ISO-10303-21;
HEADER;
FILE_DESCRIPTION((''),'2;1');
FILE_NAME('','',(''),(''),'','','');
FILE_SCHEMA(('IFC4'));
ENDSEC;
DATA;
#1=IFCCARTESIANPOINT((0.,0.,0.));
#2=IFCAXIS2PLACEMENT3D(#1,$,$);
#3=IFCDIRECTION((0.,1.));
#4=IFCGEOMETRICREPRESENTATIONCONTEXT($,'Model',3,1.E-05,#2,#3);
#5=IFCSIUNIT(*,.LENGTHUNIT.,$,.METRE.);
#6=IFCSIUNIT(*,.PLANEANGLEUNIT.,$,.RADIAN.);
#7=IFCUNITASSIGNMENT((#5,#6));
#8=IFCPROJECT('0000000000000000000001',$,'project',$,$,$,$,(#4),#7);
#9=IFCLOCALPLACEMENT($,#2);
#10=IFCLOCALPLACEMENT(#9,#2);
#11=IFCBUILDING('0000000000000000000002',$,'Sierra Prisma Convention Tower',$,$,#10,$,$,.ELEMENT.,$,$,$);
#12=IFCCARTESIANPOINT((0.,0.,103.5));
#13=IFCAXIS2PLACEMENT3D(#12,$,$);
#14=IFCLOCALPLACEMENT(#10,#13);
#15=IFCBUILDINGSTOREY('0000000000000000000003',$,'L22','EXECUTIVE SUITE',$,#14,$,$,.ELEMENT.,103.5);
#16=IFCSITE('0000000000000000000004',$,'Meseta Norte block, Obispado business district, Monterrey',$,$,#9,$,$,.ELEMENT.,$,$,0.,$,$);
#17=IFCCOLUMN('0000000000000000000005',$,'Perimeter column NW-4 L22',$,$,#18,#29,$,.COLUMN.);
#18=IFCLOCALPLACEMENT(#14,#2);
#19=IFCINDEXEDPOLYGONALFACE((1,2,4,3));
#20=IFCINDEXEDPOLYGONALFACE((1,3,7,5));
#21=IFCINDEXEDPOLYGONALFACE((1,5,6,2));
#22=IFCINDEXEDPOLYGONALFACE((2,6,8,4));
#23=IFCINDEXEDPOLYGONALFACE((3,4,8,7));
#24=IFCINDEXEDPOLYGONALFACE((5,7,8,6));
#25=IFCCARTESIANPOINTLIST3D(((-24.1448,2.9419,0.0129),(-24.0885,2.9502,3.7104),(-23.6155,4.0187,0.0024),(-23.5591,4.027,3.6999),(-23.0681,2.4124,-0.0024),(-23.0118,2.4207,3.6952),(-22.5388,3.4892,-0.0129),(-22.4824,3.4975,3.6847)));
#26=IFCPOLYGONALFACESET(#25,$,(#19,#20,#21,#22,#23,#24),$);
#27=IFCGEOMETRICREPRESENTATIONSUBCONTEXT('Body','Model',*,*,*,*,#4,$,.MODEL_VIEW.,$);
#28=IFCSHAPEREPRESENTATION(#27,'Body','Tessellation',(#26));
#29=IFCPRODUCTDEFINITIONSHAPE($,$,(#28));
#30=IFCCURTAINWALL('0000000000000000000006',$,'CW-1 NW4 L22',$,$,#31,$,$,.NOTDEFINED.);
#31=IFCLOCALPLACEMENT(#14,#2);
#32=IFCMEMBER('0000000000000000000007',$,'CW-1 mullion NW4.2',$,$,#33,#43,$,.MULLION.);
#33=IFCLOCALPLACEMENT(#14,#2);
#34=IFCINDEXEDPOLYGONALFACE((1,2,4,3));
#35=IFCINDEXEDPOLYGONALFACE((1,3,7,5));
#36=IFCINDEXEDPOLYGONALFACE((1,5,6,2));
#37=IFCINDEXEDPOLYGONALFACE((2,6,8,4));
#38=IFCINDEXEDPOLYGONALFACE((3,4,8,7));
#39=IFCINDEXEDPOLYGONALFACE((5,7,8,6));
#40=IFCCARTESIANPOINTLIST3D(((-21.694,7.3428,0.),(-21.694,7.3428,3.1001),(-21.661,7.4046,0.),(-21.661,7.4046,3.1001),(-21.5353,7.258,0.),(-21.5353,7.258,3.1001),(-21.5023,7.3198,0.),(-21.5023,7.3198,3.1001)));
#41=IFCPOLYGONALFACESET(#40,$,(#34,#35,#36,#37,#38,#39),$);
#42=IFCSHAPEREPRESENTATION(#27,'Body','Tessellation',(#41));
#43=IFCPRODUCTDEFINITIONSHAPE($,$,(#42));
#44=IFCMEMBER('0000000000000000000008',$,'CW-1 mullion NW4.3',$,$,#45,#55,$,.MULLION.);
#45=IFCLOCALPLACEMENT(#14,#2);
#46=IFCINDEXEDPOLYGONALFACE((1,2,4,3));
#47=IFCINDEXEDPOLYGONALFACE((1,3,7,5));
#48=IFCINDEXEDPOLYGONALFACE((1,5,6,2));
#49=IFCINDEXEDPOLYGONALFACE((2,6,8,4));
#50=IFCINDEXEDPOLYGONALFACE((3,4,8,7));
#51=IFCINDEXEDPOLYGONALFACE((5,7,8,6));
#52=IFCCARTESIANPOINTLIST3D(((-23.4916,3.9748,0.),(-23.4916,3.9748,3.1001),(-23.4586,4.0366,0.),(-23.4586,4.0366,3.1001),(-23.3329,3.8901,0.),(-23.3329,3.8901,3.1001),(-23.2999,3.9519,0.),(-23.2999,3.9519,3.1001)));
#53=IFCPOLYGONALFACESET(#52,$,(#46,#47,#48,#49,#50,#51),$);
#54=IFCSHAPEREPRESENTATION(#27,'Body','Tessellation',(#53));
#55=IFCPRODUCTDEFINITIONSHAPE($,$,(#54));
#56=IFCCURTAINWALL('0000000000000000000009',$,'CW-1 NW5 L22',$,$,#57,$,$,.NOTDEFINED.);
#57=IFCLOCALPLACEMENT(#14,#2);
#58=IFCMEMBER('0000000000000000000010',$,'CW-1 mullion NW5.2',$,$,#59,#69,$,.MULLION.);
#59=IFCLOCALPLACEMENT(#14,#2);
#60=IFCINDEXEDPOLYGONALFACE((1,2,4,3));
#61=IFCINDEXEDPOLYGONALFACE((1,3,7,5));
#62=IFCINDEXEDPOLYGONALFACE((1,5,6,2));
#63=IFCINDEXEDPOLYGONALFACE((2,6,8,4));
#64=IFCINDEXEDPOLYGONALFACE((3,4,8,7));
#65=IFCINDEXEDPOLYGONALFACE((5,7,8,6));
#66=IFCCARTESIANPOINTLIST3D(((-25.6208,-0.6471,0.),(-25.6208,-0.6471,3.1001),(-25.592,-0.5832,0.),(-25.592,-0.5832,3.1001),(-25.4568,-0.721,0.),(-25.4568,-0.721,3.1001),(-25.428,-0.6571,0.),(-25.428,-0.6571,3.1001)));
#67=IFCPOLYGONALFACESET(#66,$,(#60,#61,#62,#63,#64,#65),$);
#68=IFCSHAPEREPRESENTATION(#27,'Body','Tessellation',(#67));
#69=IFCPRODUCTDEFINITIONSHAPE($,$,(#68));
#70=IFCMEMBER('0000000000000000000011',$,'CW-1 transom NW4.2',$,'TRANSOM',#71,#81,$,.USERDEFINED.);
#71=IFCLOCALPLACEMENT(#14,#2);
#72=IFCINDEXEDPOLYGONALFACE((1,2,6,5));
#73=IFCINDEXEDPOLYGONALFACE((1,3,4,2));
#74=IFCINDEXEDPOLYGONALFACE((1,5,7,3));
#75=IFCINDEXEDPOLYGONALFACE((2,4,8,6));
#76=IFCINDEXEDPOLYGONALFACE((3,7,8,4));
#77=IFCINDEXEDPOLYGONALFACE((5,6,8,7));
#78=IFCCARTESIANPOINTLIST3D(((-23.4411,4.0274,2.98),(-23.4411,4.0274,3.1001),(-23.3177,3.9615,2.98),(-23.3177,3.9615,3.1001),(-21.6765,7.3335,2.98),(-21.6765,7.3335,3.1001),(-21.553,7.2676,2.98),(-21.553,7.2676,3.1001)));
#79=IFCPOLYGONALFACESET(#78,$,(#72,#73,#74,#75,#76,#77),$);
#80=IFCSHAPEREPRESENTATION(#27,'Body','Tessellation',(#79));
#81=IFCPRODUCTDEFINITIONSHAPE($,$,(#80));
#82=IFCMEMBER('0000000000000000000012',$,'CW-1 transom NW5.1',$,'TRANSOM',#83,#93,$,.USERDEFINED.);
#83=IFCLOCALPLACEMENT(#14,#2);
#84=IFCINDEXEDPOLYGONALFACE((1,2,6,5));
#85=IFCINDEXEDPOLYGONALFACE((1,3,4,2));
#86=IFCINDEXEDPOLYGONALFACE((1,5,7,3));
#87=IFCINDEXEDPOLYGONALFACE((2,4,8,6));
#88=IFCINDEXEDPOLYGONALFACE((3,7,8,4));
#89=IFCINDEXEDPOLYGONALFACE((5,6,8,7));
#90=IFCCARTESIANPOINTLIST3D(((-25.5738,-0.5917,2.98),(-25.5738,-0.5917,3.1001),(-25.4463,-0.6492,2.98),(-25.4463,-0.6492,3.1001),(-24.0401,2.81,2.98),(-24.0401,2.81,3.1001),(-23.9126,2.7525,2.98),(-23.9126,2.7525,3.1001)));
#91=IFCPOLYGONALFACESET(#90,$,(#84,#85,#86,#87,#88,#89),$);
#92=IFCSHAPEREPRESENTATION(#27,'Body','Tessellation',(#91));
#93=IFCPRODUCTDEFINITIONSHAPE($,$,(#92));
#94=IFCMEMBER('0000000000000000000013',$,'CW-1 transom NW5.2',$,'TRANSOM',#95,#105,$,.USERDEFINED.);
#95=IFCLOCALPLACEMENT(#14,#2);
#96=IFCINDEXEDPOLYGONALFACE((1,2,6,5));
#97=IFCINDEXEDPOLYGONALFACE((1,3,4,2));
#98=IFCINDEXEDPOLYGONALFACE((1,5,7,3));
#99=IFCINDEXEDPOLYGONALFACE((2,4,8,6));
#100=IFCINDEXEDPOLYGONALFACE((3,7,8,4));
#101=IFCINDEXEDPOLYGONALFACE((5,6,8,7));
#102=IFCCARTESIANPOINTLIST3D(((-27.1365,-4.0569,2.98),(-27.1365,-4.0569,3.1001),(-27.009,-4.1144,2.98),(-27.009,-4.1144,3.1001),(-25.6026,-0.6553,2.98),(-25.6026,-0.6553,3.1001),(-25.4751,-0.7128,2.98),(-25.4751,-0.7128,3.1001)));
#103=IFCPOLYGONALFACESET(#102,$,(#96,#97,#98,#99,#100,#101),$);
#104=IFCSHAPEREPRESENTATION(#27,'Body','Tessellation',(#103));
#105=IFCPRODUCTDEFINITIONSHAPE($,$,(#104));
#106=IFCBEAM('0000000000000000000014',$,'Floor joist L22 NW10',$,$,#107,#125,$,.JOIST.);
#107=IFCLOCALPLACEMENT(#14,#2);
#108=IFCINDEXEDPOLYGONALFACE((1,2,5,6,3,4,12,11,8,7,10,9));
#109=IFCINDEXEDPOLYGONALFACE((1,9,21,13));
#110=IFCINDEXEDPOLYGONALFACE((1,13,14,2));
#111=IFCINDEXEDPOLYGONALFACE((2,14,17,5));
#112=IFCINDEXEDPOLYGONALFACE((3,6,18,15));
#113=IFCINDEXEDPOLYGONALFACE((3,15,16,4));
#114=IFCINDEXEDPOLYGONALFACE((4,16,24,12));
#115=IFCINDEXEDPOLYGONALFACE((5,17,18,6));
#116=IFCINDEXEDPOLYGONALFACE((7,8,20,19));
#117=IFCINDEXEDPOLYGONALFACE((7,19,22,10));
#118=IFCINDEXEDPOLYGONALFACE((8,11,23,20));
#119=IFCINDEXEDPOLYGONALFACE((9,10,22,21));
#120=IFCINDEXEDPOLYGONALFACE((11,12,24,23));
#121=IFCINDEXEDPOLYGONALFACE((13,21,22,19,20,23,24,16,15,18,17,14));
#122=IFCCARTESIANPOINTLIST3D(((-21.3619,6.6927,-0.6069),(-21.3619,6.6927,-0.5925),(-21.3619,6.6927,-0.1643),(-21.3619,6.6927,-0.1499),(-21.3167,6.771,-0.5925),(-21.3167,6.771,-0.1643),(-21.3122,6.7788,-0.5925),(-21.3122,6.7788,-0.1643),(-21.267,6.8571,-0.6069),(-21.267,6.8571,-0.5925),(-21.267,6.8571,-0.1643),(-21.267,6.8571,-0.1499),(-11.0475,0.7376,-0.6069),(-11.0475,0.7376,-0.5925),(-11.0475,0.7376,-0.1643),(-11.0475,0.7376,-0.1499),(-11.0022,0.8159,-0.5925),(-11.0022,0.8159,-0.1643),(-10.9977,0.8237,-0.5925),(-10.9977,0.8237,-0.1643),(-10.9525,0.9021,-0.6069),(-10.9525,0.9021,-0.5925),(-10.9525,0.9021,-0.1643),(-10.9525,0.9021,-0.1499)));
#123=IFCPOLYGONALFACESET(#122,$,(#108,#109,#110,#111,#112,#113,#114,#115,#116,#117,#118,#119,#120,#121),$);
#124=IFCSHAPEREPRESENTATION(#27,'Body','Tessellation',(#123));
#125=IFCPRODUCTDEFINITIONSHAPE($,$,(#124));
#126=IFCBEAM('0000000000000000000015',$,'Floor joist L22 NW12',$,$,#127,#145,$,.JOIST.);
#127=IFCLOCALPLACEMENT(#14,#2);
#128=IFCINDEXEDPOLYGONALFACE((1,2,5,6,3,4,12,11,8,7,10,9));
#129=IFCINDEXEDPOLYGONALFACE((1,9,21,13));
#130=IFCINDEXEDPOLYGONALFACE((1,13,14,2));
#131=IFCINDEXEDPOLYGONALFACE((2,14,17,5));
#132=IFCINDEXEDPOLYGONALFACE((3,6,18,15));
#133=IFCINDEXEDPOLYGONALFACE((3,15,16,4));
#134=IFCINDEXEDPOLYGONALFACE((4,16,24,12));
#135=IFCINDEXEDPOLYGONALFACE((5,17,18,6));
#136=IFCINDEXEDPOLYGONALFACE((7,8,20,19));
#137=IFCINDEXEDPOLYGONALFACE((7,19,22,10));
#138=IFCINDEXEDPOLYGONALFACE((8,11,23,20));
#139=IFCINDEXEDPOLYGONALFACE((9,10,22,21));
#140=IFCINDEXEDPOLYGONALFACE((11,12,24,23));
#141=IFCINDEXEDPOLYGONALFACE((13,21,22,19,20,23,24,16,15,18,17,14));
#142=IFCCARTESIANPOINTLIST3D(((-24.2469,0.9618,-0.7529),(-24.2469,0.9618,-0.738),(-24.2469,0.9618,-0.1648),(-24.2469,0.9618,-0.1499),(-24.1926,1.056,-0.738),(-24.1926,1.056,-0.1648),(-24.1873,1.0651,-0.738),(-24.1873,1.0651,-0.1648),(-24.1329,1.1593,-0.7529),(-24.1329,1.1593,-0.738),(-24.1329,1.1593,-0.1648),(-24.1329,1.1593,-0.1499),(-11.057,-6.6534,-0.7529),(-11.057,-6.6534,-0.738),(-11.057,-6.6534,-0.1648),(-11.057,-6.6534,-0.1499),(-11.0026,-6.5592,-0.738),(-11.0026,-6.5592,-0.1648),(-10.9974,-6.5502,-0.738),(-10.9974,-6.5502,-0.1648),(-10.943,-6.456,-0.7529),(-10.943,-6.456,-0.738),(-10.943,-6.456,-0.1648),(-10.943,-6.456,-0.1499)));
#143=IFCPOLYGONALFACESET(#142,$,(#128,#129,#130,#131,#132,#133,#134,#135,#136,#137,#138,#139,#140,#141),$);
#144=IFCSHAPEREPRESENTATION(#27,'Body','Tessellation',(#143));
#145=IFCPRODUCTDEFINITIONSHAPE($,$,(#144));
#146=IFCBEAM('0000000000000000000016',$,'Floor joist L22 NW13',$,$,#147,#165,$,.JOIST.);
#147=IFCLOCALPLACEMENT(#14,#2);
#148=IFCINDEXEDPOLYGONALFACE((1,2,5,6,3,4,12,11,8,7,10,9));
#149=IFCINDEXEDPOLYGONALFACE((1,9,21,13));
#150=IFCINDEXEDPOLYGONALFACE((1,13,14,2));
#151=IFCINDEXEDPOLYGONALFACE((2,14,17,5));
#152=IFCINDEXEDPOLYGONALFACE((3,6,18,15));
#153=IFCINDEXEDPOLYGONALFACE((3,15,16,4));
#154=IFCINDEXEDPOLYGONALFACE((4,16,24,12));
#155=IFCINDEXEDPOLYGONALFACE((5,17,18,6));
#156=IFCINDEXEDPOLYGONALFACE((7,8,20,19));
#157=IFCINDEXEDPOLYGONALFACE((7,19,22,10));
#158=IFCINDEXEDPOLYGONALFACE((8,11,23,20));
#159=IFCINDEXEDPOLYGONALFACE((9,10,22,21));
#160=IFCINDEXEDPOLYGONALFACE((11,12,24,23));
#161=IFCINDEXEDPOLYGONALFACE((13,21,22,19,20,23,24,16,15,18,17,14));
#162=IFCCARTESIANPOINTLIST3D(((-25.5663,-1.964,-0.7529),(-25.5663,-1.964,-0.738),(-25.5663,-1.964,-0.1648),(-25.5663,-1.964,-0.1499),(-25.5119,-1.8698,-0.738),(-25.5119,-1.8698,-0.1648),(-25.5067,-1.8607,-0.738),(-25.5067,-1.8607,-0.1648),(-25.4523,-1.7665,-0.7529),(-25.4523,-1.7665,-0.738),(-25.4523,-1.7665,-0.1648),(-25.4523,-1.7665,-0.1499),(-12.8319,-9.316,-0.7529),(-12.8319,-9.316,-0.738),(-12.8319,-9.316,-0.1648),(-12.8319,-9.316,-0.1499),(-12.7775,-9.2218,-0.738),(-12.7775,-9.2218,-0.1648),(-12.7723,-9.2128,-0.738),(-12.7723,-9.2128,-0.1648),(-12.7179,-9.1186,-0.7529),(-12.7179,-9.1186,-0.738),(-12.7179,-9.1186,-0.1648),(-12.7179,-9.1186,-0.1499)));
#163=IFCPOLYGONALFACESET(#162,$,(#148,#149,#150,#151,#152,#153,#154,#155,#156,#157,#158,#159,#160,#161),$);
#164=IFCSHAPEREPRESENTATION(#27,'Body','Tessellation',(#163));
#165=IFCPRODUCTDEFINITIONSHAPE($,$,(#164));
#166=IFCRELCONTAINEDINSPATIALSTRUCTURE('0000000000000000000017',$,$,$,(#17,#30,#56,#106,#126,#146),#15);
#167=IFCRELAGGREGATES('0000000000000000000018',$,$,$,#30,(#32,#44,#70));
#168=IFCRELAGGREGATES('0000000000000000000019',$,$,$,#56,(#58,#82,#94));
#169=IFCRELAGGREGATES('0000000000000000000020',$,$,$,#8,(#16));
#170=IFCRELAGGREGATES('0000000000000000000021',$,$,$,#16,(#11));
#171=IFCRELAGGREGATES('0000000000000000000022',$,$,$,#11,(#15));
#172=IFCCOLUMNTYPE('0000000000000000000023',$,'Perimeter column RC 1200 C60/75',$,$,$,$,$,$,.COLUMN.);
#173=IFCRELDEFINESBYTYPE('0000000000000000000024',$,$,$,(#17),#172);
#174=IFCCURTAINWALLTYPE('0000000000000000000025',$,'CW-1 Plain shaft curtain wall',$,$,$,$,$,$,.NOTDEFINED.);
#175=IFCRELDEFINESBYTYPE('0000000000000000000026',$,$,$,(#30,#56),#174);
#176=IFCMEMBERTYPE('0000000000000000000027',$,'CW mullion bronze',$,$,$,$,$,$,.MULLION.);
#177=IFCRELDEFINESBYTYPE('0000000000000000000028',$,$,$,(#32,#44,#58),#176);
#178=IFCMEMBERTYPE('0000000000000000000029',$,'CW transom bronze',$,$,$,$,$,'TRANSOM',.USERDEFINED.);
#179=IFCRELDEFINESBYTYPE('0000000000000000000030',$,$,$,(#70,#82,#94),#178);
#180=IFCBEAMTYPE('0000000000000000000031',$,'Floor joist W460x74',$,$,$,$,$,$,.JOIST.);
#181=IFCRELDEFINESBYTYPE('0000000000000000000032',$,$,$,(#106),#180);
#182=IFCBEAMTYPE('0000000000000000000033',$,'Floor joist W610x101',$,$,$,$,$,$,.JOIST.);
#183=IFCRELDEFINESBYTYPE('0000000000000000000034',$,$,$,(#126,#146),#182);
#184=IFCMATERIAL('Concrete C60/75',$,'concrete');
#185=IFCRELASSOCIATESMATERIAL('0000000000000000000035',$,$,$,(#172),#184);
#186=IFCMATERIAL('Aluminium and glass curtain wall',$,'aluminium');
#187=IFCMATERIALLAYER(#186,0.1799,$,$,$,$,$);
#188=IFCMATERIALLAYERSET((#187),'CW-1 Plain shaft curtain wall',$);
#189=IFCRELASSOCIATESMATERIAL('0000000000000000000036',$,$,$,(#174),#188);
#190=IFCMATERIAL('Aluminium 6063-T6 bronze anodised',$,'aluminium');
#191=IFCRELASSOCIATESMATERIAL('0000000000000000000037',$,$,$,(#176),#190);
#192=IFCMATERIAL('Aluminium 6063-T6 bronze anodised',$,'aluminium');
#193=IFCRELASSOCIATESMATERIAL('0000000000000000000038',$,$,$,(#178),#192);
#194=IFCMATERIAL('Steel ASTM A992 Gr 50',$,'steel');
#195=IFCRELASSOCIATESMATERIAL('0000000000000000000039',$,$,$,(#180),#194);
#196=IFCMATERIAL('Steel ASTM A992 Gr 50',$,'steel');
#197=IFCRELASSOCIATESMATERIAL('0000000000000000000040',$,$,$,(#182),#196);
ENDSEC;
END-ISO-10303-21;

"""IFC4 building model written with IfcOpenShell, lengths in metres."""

from ifc_helpers import new_model, si_unit, direction, frame, origin, origin_2d, place, context, subcontext, project, spatial, rectangle, i_section, extrude, clip, halfspace, material, layer, layer_set, material_profile, profile_set, type_object, element, aggregate, save


model = new_model("IFC4")

# Units and contexts
model_context = context("Model", 3, precision=1e-05, world=origin(), true_north=direction((0.0, 1.0)))
body_context = subcontext(model_context, "Body", "Model", "MODEL_VIEW")
ifc_project = project(units=[si_unit("LENGTHUNIT", "METRE"), si_unit("PLANEANGLEUNIT", "RADIAN")], contexts=[model_context])

# Site, building, storey
site_placement = place(None, origin())
site = spatial("IfcSite", under=ifc_project, at=site_placement, Name="Meseta Norte block, Obispado business district, Monterrey", CompositionType="ELEMENT", RefElevation=0.0)
building_placement = place(site_placement, origin())
building = spatial("IfcBuilding", under=site, at=building_placement, Name="Sierra Prisma Convention Tower", CompositionType="ELEMENT")
storey_placement = place(building_placement, frame((0.0, 0.0, 103.5)))
storey = spatial("IfcBuildingStorey", under=building, at=storey_placement, Name="L22", Description="EXECUTIVE SUITE", CompositionType="ELEMENT", Elevation=103.5)

# Column
ifc_material_1 = material(Name="Concrete C60/75", Category="concrete")
ifc_material_profile_1 = material_profile(ifc_material_1, rectangle(XDim=1.2, YDim=1.2, at=origin_2d()), Name="Perimeter column RC 1200 C60/75")
ifc_profile_set_1 = profile_set([ifc_material_profile_1], Name="Concrete C60/75")
column_type = type_object("IfcColumnType", Name="Perimeter column RC 1200 C60/75", PredefinedType="COLUMN", material=ifc_profile_set_1)
column_placement = place(storey_placement, frame((-23.3418, 3.2156, 0.0), z_axis=(0.015241, 0.002243, 0.999881), x_axis=(0.44117, 0.897381, -0.008738)))
element("IfcColumn", 1, at=column_placement, inside=storey, type_object=column_type, Name="Perimeter column NW-4 L22", PredefinedType="COLUMN", context=body_context, shape_type="SweptSolid", body=[
    clip(extrude(rectangle(XDim=1.2, YDim=1.2, at=origin_2d()), origin(), (0.0, 0.0, 1.0), 3.7004), halfspace(frame((0.0, 0.0, 3.698)), False)),
])

# Curtain wall, members
ifc_material_2 = material(Name="Aluminium and glass curtain wall", Category="aluminium")
ifc_layer_1 = layer(ifc_material_2, 0.1799)
ifc_layer_set_1 = layer_set([ifc_layer_1], Name="CW-1 Plain shaft curtain wall")
curtain_wall_type = type_object("IfcCurtainWallType", Name="CW-1 Plain shaft curtain wall", PredefinedType="NOTDEFINED", material=ifc_layer_set_1)
curtain_wall_1_placement = place(storey_placement, origin())
curtain_wall_1 = element("IfcCurtainWall", 2, at=curtain_wall_1_placement, inside=storey, type_object=curtain_wall_type, Name="CW-1 NW4 L22", PredefinedType="NOTDEFINED")
ifc_material_3 = material(Name="Aluminium 6063-T6 bronze anodised", Category="aluminium")
ifc_material_profile_2 = material_profile(ifc_material_3, rectangle(XDim=0.1799, YDim=0.0701, at=origin_2d()), Name="ALU MULLION 70x180")
ifc_profile_set_2 = profile_set([ifc_material_profile_2], Name="Aluminium 6063-T6 bronze anodised")
member_type_1 = type_object("IfcMemberType", Name="CW mullion bronze", PredefinedType="MULLION", material=ifc_profile_set_2)
member_1_placement = place(storey_placement, frame((-21.5981, 7.3313, 0.0), z_axis=(0.0, 0.0, 1.0), x_axis=(0.882201, -0.470872, 0.0)))
member_1 = element("IfcMember", 3, at=member_1_placement, type_object=member_type_1, Name="CW-1 mullion NW4.2", PredefinedType="MULLION", context=body_context, shape_type="SweptSolid", body=[
    extrude(rectangle(XDim=0.1799, YDim=0.0701, at=origin_2d()), origin(), (0.0, 0.0, 1.0), 3.1001),
])
member_2_placement = place(storey_placement, frame((-23.3958, 3.9634, 0.0), z_axis=(0.0, 0.0, 1.0), x_axis=(0.882201, -0.470872, 0.0)))
member_2 = element("IfcMember", 4, at=member_2_placement, type_object=member_type_1, Name="CW-1 mullion NW4.3", PredefinedType="MULLION", context=body_context, shape_type="SweptSolid", body=[
    extrude(rectangle(XDim=0.1799, YDim=0.0701, at=origin_2d()), origin(), (0.0, 0.0, 1.0), 3.1001),
])

# Curtain wall, member
curtain_wall_2_placement = place(storey_placement, origin())
curtain_wall_2 = element("IfcCurtainWall", 5, at=curtain_wall_2_placement, inside=storey, type_object=curtain_wall_type, Name="CW-1 NW5 L22", PredefinedType="NOTDEFINED")
member_3_placement = place(storey_placement, frame((-25.5244, -0.6521, 0.0), z_axis=(0.0, 0.0, 1.0), x_axis=(0.911599, -0.411081, 0.0)))
member_3 = element("IfcMember", 6, at=member_3_placement, type_object=member_type_1, Name="CW-1 mullion NW5.2", PredefinedType="MULLION", context=body_context, shape_type="SweptSolid", body=[
    extrude(rectangle(XDim=0.1799, YDim=0.0701, at=origin_2d()), origin(), (0.0, 0.0, 1.0), 3.1001),
])

# Members
ifc_material_4 = material(Name="Aluminium 6063-T6 bronze anodised", Category="aluminium")
ifc_material_profile_3 = material_profile(ifc_material_4, rectangle(XDim=0.1399, YDim=0.1201, at=origin_2d()), Name="ALU TRANSOM 120x140")
ifc_profile_set_3 = profile_set([ifc_material_profile_3], Name="Aluminium 6063-T6 bronze anodised")
member_type_2 = type_object("IfcMemberType", Name="CW transom bronze", ElementType="TRANSOM", PredefinedType="USERDEFINED", material=ifc_profile_set_3)
member_4_placement = place(storey_placement, frame((-21.6147, 7.3005, 3.04), z_axis=(-0.470872, -0.882201, 0.0), x_axis=(0.882201, -0.470872, 0.0)))
member_4 = element("IfcMember", 7, at=member_4_placement, type_object=member_type_2, Name="CW-1 transom NW4.2", ObjectType="TRANSOM", PredefinedType="USERDEFINED", context=body_context, shape_type="SweptSolid", body=[
    extrude(rectangle(XDim=0.1399, YDim=0.1201, at=origin_2d()), origin(), (0.0, 0.0, 1.0), 3.7476),
])
member_5_placement = place(storey_placement, frame((-23.9763, 2.7812, 3.04), z_axis=(-0.411026, -0.911624, 0.0), x_axis=(0.911624, -0.411026, 0.0)))
member_5 = element("IfcMember", 8, at=member_5_placement, type_object=member_type_2, Name="CW-1 transom NW5.1", ObjectType="TRANSOM", PredefinedType="USERDEFINED", context=body_context, shape_type="SweptSolid", body=[
    extrude(rectangle(XDim=0.1399, YDim=0.1201, at=origin_2d()), origin(), (0.0, 0.0, 1.0), 3.7314),
])
member_6_placement = place(storey_placement, frame((-25.5388, -0.6841, 3.04), z_axis=(-0.41108, -0.911599, 0.0), x_axis=(0.911599, -0.41108, 0.0)))
member_6 = element("IfcMember", 9, at=member_6_placement, type_object=member_type_2, Name="CW-1 transom NW5.2", ObjectType="TRANSOM", PredefinedType="USERDEFINED", context=body_context, shape_type="SweptSolid", body=[
    extrude(rectangle(XDim=0.1399, YDim=0.1201, at=origin_2d()), origin(), (0.0, 0.0, 1.0), 3.7314),
])

# Beams
ifc_material_5 = material(Name="Steel ASTM A992 Gr 50", Category="steel")
ifc_material_profile_4 = material_profile(ifc_material_5, i_section(OverallWidth=0.1899, OverallDepth=0.457, WebThickness=0.009, FlangeThickness=0.0144, at=origin_2d()), Name="W460x74")
ifc_profile_set_4 = profile_set([ifc_material_profile_4], Name="Steel ASTM A992 Gr 50")
beam_type_1 = type_object("IfcBeamType", Name="Floor joist W460x74", PredefinedType="JOIST", material=ifc_profile_set_4)
beam_1_placement = place(storey_placement, frame((-21.3145, 6.7749, -0.3784), z_axis=(0.866024, -0.500002, 0.0), x_axis=(0.500002, 0.866024, 0.0)))
element("IfcBeam", 10, at=beam_1_placement, inside=storey, type_object=beam_type_1, Name="Floor joist L22 NW10", PredefinedType="JOIST", context=body_context, shape_type="SweptSolid", body=[
    extrude(i_section(OverallWidth=0.1899, OverallDepth=0.457, WebThickness=0.009, FlangeThickness=0.0144, at=origin_2d()), origin(), (0.0, 0.0, 1.0), 11.9102),
])
ifc_material_6 = material(Name="Steel ASTM A992 Gr 50", Category="steel")
ifc_material_profile_5 = material_profile(ifc_material_6, i_section(OverallWidth=0.228, OverallDepth=0.603, WebThickness=0.0105, FlangeThickness=0.0149, at=origin_2d()), Name="W610x101")
ifc_profile_set_5 = profile_set([ifc_material_profile_5], Name="Steel ASTM A992 Gr 50")
beam_type_2 = type_object("IfcBeamType", Name="Floor joist W610x101", PredefinedType="JOIST", material=ifc_profile_set_5)
beam_2_placement = place(storey_placement, frame((-24.1899, 1.0605, -0.4514), z_axis=(0.866025, -0.500001, 0.0), x_axis=(0.500001, 0.866025, 0.0)))
element("IfcBeam", 11, at=beam_2_placement, inside=storey, type_object=beam_type_2, Name="Floor joist L22 NW12", PredefinedType="JOIST", context=body_context, shape_type="SweptSolid", body=[
    extrude(i_section(OverallWidth=0.228, OverallDepth=0.603, WebThickness=0.0105, FlangeThickness=0.0149, at=origin_2d()), origin(), (0.0, 0.0, 1.0), 15.2305),
])
beam_3_placement = place(storey_placement, frame((-25.5093, -1.8652, -0.4514), z_axis=(0.86603, -0.499993, 0.0), x_axis=(0.499993, 0.86603, 0.0)))
element("IfcBeam", 12, at=beam_3_placement, inside=storey, type_object=beam_type_2, Name="Floor joist L22 NW13", PredefinedType="JOIST", context=body_context, shape_type="SweptSolid", body=[
    extrude(i_section(OverallWidth=0.228, OverallDepth=0.603, WebThickness=0.0105, FlangeThickness=0.0149, at=origin_2d()), origin(), (0.0, 0.0, 1.0), 14.7043),
])

aggregate(curtain_wall_1, [member_1, member_2, member_4])
aggregate(curtain_wall_2, [member_3, member_5, member_6])

save(model, "model.ifc")
